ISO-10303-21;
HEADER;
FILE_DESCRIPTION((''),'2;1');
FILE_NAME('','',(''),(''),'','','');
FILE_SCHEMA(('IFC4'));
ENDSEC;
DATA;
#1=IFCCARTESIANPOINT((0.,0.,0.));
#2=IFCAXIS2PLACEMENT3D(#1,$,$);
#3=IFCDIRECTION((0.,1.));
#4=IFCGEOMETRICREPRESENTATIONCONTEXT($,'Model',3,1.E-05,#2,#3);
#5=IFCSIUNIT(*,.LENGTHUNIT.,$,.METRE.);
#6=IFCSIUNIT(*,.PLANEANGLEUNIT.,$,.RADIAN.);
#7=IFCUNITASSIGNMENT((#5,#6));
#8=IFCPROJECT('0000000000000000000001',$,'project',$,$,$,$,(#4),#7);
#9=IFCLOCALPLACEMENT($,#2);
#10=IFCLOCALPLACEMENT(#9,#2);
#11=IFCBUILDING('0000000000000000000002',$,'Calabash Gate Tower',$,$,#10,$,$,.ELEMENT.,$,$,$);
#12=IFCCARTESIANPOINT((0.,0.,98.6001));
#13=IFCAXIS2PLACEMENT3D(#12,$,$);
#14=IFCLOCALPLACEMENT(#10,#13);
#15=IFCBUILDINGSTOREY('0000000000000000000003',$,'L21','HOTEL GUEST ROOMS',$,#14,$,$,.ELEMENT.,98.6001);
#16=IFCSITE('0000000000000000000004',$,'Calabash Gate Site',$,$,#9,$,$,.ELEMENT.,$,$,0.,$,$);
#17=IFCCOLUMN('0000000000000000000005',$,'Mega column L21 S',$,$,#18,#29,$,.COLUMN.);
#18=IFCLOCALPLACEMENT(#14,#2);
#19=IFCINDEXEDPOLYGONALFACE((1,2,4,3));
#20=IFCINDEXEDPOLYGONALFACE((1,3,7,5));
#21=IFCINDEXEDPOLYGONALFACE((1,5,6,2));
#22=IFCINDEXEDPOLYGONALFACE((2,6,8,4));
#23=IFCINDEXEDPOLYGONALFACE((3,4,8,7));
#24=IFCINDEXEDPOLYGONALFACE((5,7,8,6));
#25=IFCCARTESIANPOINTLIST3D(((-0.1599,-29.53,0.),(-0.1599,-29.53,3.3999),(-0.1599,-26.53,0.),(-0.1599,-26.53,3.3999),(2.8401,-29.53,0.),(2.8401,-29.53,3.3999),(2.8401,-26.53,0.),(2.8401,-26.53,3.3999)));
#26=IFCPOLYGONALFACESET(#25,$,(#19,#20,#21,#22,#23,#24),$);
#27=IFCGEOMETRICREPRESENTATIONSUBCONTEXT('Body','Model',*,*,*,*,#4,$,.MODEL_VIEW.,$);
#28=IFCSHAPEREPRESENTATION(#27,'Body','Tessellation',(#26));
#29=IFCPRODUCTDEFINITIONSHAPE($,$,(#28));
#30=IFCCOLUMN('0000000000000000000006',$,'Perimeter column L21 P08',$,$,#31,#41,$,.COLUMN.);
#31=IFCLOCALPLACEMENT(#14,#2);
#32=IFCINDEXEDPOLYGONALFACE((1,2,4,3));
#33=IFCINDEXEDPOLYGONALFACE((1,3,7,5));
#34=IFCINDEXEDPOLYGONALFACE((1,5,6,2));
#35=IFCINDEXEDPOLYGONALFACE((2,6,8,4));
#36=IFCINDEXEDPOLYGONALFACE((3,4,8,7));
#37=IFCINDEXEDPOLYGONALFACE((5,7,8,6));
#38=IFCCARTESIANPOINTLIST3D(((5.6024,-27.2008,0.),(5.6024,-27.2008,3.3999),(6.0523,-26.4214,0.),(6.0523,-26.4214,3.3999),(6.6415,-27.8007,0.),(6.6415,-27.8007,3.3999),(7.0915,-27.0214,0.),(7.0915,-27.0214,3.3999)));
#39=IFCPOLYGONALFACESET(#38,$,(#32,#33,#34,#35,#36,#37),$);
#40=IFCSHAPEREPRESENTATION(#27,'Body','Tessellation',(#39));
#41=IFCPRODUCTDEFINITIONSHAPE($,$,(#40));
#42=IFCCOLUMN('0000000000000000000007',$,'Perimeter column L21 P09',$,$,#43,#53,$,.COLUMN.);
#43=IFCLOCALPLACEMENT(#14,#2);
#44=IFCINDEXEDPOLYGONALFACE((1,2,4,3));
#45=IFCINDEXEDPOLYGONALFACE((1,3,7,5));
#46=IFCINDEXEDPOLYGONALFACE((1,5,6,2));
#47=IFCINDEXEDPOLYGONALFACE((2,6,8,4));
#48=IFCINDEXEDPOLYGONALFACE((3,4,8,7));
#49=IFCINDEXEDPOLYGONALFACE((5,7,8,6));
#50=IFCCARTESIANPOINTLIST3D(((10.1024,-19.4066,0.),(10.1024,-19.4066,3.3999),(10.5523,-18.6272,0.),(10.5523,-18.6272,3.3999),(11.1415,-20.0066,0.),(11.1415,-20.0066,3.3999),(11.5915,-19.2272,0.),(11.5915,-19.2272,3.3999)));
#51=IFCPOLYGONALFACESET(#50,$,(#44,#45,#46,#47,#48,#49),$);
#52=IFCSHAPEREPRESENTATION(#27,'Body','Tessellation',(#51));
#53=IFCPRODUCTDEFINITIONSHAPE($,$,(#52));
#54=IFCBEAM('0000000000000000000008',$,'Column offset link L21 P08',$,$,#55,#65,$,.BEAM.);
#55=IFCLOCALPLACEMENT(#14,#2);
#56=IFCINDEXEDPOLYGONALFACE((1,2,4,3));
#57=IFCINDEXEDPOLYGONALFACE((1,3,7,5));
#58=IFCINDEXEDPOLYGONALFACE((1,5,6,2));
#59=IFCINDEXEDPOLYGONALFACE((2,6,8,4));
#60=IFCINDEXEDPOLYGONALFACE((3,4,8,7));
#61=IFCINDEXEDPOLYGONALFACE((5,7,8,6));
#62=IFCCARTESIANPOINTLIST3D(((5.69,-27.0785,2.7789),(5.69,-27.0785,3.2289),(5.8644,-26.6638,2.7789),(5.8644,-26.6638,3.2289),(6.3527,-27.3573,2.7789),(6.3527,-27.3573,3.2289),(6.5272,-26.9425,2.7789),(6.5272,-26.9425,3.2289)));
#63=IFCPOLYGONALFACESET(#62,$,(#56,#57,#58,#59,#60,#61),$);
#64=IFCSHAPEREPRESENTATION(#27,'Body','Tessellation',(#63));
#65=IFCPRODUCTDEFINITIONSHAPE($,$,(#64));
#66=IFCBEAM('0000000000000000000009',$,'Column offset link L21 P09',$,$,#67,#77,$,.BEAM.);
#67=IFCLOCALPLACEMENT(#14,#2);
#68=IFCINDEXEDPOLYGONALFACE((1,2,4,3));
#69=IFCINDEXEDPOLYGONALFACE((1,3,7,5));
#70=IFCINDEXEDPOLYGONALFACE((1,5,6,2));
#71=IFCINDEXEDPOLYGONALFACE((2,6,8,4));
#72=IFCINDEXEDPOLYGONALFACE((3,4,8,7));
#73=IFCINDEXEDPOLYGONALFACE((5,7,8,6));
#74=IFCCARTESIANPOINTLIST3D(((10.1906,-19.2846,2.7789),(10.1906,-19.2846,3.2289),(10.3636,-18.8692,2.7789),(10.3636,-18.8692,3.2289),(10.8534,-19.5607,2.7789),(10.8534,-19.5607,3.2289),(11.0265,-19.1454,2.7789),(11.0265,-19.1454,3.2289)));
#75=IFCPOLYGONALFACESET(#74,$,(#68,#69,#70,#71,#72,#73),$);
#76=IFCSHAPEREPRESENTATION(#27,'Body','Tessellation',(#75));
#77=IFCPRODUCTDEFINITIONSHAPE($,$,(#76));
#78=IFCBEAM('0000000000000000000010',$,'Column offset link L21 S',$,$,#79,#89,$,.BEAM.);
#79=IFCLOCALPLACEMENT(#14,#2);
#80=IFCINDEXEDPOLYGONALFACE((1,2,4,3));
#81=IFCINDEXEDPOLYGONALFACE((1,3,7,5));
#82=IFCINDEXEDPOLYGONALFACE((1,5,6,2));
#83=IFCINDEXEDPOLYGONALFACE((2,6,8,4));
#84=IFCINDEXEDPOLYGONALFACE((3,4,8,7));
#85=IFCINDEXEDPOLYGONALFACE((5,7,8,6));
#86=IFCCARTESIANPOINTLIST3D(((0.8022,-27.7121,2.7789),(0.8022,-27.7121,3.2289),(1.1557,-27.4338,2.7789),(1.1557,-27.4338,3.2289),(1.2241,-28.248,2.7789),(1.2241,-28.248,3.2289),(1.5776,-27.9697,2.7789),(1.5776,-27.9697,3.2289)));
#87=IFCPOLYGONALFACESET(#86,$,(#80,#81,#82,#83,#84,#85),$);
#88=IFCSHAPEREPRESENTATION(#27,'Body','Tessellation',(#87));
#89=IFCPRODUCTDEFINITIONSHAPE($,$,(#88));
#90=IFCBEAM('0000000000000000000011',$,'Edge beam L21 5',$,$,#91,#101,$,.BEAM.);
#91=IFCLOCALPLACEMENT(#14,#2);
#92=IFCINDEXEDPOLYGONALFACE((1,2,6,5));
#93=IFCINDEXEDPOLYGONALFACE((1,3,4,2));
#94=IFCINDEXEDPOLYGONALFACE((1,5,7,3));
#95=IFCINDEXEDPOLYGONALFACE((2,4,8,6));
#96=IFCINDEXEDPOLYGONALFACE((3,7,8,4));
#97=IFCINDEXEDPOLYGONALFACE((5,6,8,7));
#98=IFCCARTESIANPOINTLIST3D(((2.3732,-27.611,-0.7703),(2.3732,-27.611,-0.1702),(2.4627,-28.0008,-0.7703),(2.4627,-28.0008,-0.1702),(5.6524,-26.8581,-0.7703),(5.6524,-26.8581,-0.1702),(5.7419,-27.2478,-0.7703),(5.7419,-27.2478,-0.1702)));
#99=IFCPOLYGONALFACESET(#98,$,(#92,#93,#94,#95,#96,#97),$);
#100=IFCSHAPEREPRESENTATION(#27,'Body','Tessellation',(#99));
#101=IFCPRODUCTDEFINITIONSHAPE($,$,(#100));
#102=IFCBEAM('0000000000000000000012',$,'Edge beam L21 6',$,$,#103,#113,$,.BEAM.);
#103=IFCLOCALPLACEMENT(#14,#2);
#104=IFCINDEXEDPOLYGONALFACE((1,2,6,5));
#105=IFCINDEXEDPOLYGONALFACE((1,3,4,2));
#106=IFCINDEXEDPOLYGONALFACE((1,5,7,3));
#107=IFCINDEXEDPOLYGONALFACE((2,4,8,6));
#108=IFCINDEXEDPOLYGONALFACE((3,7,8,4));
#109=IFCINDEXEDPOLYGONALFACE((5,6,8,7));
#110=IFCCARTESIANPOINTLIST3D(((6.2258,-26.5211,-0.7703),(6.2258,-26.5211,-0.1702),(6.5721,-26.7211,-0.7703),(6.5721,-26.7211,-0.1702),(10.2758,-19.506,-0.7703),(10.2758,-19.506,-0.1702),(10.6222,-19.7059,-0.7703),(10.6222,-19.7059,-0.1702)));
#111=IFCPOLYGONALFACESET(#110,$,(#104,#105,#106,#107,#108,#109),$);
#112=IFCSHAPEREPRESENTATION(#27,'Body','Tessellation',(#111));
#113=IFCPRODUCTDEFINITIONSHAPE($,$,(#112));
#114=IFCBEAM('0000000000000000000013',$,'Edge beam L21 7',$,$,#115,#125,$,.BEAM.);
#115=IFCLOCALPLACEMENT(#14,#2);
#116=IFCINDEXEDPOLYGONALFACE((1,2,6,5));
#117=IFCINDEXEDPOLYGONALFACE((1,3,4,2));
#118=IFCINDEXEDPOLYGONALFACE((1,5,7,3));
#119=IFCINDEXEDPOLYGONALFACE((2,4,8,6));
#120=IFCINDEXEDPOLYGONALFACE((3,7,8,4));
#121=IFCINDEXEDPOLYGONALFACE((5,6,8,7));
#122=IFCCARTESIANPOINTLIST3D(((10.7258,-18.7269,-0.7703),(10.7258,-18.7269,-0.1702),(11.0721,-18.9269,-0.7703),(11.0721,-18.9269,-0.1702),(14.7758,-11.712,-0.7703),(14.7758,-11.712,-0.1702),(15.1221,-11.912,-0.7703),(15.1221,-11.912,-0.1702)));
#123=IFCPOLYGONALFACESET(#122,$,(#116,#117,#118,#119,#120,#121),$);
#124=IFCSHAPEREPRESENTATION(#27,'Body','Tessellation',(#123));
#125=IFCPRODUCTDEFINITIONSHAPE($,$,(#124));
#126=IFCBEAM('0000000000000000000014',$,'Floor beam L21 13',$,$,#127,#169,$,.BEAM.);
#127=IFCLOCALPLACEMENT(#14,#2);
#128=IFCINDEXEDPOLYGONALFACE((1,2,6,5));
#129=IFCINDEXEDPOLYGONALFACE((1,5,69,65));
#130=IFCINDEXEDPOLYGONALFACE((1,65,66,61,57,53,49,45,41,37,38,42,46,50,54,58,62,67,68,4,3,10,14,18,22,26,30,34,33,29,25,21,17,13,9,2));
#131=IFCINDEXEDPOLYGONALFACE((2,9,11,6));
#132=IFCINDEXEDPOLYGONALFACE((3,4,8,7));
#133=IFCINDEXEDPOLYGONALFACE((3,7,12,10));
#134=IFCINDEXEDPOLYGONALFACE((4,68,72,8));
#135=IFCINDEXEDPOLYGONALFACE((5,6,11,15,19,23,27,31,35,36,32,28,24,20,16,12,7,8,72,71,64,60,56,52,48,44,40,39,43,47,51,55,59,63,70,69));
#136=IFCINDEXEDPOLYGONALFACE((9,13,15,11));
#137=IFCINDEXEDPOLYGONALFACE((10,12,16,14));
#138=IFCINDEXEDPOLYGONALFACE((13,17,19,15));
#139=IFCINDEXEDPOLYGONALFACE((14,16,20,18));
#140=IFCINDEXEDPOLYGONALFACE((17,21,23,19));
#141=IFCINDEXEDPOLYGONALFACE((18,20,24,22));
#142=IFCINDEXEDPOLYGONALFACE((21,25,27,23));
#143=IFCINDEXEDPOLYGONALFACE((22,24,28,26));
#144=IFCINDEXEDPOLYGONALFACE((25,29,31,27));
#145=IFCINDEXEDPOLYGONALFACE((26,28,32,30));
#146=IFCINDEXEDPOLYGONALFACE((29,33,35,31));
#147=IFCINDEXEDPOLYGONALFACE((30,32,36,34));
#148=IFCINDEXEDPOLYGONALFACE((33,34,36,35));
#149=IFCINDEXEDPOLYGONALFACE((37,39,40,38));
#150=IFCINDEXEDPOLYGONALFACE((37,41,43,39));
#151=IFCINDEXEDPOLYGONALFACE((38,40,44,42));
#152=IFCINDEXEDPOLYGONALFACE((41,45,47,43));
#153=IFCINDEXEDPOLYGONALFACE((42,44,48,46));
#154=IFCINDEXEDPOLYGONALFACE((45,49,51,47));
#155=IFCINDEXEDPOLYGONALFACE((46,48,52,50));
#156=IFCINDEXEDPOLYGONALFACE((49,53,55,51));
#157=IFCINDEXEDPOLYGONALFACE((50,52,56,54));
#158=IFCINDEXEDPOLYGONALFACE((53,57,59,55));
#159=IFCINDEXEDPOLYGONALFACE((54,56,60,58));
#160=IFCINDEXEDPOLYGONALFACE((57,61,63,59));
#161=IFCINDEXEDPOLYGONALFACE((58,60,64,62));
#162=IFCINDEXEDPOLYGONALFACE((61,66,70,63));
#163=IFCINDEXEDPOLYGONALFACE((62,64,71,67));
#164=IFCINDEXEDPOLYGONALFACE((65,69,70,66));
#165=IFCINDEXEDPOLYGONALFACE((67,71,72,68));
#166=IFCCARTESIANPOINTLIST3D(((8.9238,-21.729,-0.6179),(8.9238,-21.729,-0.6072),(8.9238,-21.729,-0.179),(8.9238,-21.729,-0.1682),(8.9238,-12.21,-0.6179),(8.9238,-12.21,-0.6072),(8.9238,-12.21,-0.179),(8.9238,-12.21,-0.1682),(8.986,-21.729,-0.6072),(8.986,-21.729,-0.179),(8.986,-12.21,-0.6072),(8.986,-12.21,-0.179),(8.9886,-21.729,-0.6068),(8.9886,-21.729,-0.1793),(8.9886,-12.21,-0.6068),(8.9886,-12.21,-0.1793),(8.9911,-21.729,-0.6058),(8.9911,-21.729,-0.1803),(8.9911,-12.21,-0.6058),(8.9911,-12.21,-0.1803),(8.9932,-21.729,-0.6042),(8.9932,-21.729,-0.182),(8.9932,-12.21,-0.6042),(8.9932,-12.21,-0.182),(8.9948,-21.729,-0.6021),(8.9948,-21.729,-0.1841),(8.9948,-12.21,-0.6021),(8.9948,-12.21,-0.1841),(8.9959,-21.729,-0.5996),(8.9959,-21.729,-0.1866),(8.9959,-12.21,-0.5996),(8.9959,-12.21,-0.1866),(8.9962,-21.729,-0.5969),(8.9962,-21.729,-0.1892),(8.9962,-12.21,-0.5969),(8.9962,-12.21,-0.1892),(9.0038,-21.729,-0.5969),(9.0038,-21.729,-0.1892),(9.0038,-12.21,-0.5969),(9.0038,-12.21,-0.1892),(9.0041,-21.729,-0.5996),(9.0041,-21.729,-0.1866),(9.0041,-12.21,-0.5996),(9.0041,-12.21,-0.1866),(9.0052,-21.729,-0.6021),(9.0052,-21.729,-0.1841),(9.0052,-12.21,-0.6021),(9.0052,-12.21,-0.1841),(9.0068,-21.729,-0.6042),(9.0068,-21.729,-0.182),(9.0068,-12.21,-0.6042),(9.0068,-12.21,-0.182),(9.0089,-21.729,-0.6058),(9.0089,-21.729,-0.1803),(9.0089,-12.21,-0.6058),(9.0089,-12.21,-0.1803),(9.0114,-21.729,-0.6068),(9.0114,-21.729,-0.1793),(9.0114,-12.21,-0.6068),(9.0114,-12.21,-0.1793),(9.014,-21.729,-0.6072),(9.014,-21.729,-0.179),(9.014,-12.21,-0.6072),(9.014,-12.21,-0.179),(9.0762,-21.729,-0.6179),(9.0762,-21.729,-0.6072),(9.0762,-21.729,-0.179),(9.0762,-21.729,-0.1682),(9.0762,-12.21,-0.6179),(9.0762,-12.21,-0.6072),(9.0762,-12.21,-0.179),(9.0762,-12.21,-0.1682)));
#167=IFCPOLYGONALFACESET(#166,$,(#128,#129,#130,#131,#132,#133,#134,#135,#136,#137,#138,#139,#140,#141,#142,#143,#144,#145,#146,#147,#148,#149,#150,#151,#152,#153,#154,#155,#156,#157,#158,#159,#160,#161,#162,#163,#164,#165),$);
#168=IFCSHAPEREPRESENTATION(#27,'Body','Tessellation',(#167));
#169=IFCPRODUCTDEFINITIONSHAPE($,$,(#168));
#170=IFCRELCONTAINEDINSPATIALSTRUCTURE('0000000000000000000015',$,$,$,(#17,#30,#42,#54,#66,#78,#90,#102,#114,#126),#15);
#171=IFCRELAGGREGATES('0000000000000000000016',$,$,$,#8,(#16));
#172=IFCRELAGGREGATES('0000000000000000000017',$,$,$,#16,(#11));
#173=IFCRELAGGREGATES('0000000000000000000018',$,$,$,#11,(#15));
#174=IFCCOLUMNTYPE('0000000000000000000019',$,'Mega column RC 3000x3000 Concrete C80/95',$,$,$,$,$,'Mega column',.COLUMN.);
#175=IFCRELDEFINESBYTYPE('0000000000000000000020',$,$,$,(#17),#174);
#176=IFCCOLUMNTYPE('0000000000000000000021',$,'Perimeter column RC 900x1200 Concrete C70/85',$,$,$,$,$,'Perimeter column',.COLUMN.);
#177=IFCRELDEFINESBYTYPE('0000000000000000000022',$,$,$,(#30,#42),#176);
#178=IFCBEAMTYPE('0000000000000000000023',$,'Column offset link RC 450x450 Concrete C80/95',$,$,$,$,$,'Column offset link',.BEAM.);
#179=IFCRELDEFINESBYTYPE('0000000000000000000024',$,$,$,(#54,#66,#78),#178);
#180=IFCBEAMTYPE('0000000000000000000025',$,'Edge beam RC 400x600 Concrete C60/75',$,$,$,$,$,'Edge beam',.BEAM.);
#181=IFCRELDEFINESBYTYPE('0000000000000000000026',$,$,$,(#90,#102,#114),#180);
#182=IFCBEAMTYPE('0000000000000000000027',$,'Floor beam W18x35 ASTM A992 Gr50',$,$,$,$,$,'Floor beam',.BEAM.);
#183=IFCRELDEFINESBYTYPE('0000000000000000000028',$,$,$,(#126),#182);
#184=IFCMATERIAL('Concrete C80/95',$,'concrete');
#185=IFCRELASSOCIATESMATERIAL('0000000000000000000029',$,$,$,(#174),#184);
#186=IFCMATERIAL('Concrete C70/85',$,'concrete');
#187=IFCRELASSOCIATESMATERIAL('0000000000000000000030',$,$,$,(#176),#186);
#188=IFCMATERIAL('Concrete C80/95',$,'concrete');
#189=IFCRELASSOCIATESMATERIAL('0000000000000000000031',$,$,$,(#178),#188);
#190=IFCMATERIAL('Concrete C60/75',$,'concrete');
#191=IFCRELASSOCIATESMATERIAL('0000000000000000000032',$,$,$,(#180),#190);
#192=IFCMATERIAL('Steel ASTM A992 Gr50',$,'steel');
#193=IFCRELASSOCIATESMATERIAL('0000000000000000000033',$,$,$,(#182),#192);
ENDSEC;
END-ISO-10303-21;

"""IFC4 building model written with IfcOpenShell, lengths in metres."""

from ifc_helpers import new_model, si_unit, direction, frame, origin, origin_2d, place, context, subcontext, project, spatial, rectangle, i_section, extrude, material, material_profile, profile_set, type_object, element, save


model = new_model("IFC4")

# Units and contexts
model_context = context("Model", 3, precision=1e-05, world=origin(), true_north=direction((0.0, 1.0)))
body_context = subcontext(model_context, "Body", "Model", "MODEL_VIEW")
ifc_project = project(units=[si_unit("LENGTHUNIT", "METRE"), si_unit("PLANEANGLEUNIT", "RADIAN")], contexts=[model_context])

# Site, building, storey
site_placement = place(None, origin())
site = spatial("IfcSite", under=ifc_project, at=site_placement, Name="Calabash Gate Site", CompositionType="ELEMENT", RefElevation=0.0)
building_placement = place(site_placement, origin())
building = spatial("IfcBuilding", under=site, at=building_placement, Name="Calabash Gate Tower", CompositionType="ELEMENT")
storey_placement = place(building_placement, frame((0.0, 0.0, 98.6001)))
storey = spatial("IfcBuildingStorey", under=building, at=storey_placement, Name="L21", Description="HOTEL GUEST ROOMS", CompositionType="ELEMENT", Elevation=98.6001)

# Columns
ifc_material_1 = material(Name="Concrete C80/95", Category="concrete")
ifc_material_profile_1 = material_profile(ifc_material_1, rectangle(XDim=3.0, YDim=3.0, at=origin_2d()))
ifc_profile_set_1 = profile_set([ifc_material_profile_1], Name="Concrete C80/95")
column_type_1 = type_object("IfcColumnType", Name="Mega column RC 3000x3000 Concrete C80/95", ElementType="Mega column", PredefinedType="COLUMN", material=ifc_profile_set_1)
column_placement = place(storey_placement, frame((1.3401, -28.03, 0.0), z_axis=(0.0, 0.0, 1.0), x_axis=(0.0, 1.0, 0.0)))
element("IfcColumn", 1, at=column_placement, inside=storey, type_object=column_type_1, Name="Mega column L21 S", PredefinedType="COLUMN", context=body_context, shape_type="SweptSolid", body=[
    extrude(rectangle(XDim=3.0, YDim=3.0, at=origin_2d()), origin(), (0.0, 0.0, 1.0), 3.3999),
])
ifc_material_2 = material(Name="Concrete C70/85", Category="concrete")
ifc_material_profile_2 = material_profile(ifc_material_2, rectangle(XDim=0.8999, YDim=1.2, at=origin_2d()))
ifc_profile_set_2 = profile_set([ifc_material_profile_2], Name="Concrete C70/85")
column_type_2 = type_object("IfcColumnType", Name="Perimeter column RC 900x1200 Concrete C70/85", ElementType="Perimeter column", PredefinedType="COLUMN", material=ifc_profile_set_2)
for number, where, z_axis, x_axis, name in (
    (2, (6.3469, -27.1111, 0.0), (0.0, 0.0, 1.0), (0.5, 0.866025, 0.0), "Perimeter column L21 P08"),
    (3, (10.8469, -19.3169, 0.0), (0.0, 0.0, 1.0), (0.5, 0.866025, 0.0), "Perimeter column L21 P09"),
):
    element("IfcColumn", number, at=place(storey_placement, frame(where, z_axis=z_axis, x_axis=x_axis)), inside=storey, type_object=column_type_2, Name=name, PredefinedType="COLUMN", context=body_context, shape_type="SweptSolid", body=[
        extrude(rectangle(XDim=0.8999, YDim=1.2, at=origin_2d()), origin(), (0.0, 0.0, 1.0), 3.3999),
    ])

# Beams
ifc_material_3 = material(Name="Concrete C80/95", Category="concrete")
ifc_material_profile_3 = material_profile(ifc_material_3, rectangle(XDim=0.45, YDim=0.45, at=origin_2d()))
ifc_profile_set_3 = profile_set([ifc_material_profile_3], Name="Concrete C80/95")
beam_type_1 = type_object("IfcBeamType", Name="Column offset link RC 450x450 Concrete C80/95", ElementType="Column offset link", PredefinedType="BEAM", material=ifc_profile_set_3)
beam_1_placement = place(storey_placement, frame((6.4399, -27.1499, 3.0039), z_axis=(-0.921776, 0.387723, 0.0), x_axis=(-0.387723, -0.921776, 0.0)))
element("IfcBeam", 4, at=beam_1_placement, inside=storey, type_object=beam_type_1, Name="Column offset link L21 P08", PredefinedType="BEAM", context=body_context, shape_type="SweptSolid", body=[
    extrude(rectangle(XDim=0.45, YDim=0.45, at=origin_2d()), origin(), (0.0, 0.0, 1.0), 0.719),
])
beam_2_placement = place(storey_placement, frame((10.9399, -19.353, 3.0039), z_axis=(-0.923107, 0.384543, 0.0), x_axis=(-0.384543, -0.923107, 0.0)))
element("IfcBeam", 5, at=beam_2_placement, inside=storey, type_object=beam_type_1, Name="Column offset link L21 P09", PredefinedType="BEAM", context=body_context, shape_type="SweptSolid", body=[
    extrude(rectangle(XDim=0.45, YDim=0.45, at=origin_2d()), origin(), (0.0, 0.0, 1.0), 0.718),
])
beam_3_placement = place(storey_placement, frame((1.4009, -28.1089, 3.0039), z_axis=(-0.618564, 0.785734, 0.0), x_axis=(-0.785734, -0.618564, 0.0)))
element("IfcBeam", 6, at=beam_3_placement, inside=storey, type_object=beam_type_1, Name="Column offset link L21 S", PredefinedType="BEAM", context=body_context, shape_type="SweptSolid", body=[
    extrude(rectangle(XDim=0.45, YDim=0.45, at=origin_2d()), origin(), (0.0, 0.0, 1.0), 0.6821),
])
ifc_material_4 = material(Name="Concrete C60/75", Category="concrete")
ifc_material_profile_4 = material_profile(ifc_material_4, rectangle(XDim=0.3999, YDim=0.6001, at=origin_2d()))
ifc_profile_set_4 = profile_set([ifc_material_profile_4], Name="Concrete C60/75")
beam_type_2 = type_object("IfcBeamType", Name="Edge beam RC 400x600 Concrete C60/75", ElementType="Edge beam", PredefinedType="BEAM", material=ifc_profile_set_4)
beam_4_placement = place(storey_placement, frame((2.418, -27.8059, -0.4702), z_axis=(0.974636, 0.223794, 0.0), x_axis=(-0.223794, 0.974636, 0.0)))
element("IfcBeam", 7, at=beam_4_placement, inside=storey, type_object=beam_type_2, Name="Edge beam L21 5", PredefinedType="BEAM", context=body_context, shape_type="SweptSolid", body=[
    extrude(rectangle(XDim=0.3999, YDim=0.6001, at=origin_2d()), origin(), (0.0, 0.0, 1.0), 3.3645),
])
beam_5_placement = place(storey_placement, frame((6.3989, -26.6211, -0.4702), z_axis=(0.499987, 0.866033, 0.0), x_axis=(-0.866033, 0.499987, 0.0)))
element("IfcBeam", 8, at=beam_5_placement, inside=storey, type_object=beam_type_2, Name="Edge beam L21 6", PredefinedType="BEAM", context=body_context, shape_type="SweptSolid", body=[
    extrude(rectangle(XDim=0.3999, YDim=0.6001, at=origin_2d()), origin(), (0.0, 0.0, 1.0), 8.1003),
])
beam_6_placement = place(storey_placement, frame((10.8989, -18.8269, -0.4702), z_axis=(0.5, 0.866025, 0.0), x_axis=(-0.866025, 0.5, 0.0)))
element("IfcBeam", 9, at=beam_6_placement, inside=storey, type_object=beam_type_2, Name="Edge beam L21 7", PredefinedType="BEAM", context=body_context, shape_type="SweptSolid", body=[
    extrude(rectangle(XDim=0.3999, YDim=0.6001, at=origin_2d()), origin(), (0.0, 0.0, 1.0), 8.1001),
])
ifc_material_5 = material(Name="Steel ASTM A992 Gr50", Category="steel")
ifc_material_profile_5 = material_profile(ifc_material_5, i_section(OverallWidth=0.1523, OverallDepth=0.4497, WebThickness=0.0076, FlangeThickness=0.0107, FilletRadius=0.0103, at=origin_2d()))
ifc_profile_set_5 = profile_set([ifc_material_profile_5], Name="Steel ASTM A992 Gr50")
beam_type_3 = type_object("IfcBeamType", Name="Floor beam W18x35 ASTM A992 Gr50", ElementType="Floor beam", PredefinedType="BEAM", material=ifc_profile_set_5)
beam_7_placement = place(storey_placement, frame((9.0, -21.729, -0.3931), z_axis=(0.0, 1.0, 0.0), x_axis=(-1.0, 0.0, 0.0)))
element("IfcBeam", 10, at=beam_7_placement, inside=storey, type_object=beam_type_3, Name="Floor beam L21 13", PredefinedType="BEAM", context=body_context, shape_type="SweptSolid", body=[
    extrude(i_section(OverallWidth=0.1523, OverallDepth=0.4497, WebThickness=0.0076, FlangeThickness=0.0107, FilletRadius=0.0103, at=origin_2d()), origin(), (0.0, 0.0, 1.0), 9.519),
])

save(model, "model.ifc")
